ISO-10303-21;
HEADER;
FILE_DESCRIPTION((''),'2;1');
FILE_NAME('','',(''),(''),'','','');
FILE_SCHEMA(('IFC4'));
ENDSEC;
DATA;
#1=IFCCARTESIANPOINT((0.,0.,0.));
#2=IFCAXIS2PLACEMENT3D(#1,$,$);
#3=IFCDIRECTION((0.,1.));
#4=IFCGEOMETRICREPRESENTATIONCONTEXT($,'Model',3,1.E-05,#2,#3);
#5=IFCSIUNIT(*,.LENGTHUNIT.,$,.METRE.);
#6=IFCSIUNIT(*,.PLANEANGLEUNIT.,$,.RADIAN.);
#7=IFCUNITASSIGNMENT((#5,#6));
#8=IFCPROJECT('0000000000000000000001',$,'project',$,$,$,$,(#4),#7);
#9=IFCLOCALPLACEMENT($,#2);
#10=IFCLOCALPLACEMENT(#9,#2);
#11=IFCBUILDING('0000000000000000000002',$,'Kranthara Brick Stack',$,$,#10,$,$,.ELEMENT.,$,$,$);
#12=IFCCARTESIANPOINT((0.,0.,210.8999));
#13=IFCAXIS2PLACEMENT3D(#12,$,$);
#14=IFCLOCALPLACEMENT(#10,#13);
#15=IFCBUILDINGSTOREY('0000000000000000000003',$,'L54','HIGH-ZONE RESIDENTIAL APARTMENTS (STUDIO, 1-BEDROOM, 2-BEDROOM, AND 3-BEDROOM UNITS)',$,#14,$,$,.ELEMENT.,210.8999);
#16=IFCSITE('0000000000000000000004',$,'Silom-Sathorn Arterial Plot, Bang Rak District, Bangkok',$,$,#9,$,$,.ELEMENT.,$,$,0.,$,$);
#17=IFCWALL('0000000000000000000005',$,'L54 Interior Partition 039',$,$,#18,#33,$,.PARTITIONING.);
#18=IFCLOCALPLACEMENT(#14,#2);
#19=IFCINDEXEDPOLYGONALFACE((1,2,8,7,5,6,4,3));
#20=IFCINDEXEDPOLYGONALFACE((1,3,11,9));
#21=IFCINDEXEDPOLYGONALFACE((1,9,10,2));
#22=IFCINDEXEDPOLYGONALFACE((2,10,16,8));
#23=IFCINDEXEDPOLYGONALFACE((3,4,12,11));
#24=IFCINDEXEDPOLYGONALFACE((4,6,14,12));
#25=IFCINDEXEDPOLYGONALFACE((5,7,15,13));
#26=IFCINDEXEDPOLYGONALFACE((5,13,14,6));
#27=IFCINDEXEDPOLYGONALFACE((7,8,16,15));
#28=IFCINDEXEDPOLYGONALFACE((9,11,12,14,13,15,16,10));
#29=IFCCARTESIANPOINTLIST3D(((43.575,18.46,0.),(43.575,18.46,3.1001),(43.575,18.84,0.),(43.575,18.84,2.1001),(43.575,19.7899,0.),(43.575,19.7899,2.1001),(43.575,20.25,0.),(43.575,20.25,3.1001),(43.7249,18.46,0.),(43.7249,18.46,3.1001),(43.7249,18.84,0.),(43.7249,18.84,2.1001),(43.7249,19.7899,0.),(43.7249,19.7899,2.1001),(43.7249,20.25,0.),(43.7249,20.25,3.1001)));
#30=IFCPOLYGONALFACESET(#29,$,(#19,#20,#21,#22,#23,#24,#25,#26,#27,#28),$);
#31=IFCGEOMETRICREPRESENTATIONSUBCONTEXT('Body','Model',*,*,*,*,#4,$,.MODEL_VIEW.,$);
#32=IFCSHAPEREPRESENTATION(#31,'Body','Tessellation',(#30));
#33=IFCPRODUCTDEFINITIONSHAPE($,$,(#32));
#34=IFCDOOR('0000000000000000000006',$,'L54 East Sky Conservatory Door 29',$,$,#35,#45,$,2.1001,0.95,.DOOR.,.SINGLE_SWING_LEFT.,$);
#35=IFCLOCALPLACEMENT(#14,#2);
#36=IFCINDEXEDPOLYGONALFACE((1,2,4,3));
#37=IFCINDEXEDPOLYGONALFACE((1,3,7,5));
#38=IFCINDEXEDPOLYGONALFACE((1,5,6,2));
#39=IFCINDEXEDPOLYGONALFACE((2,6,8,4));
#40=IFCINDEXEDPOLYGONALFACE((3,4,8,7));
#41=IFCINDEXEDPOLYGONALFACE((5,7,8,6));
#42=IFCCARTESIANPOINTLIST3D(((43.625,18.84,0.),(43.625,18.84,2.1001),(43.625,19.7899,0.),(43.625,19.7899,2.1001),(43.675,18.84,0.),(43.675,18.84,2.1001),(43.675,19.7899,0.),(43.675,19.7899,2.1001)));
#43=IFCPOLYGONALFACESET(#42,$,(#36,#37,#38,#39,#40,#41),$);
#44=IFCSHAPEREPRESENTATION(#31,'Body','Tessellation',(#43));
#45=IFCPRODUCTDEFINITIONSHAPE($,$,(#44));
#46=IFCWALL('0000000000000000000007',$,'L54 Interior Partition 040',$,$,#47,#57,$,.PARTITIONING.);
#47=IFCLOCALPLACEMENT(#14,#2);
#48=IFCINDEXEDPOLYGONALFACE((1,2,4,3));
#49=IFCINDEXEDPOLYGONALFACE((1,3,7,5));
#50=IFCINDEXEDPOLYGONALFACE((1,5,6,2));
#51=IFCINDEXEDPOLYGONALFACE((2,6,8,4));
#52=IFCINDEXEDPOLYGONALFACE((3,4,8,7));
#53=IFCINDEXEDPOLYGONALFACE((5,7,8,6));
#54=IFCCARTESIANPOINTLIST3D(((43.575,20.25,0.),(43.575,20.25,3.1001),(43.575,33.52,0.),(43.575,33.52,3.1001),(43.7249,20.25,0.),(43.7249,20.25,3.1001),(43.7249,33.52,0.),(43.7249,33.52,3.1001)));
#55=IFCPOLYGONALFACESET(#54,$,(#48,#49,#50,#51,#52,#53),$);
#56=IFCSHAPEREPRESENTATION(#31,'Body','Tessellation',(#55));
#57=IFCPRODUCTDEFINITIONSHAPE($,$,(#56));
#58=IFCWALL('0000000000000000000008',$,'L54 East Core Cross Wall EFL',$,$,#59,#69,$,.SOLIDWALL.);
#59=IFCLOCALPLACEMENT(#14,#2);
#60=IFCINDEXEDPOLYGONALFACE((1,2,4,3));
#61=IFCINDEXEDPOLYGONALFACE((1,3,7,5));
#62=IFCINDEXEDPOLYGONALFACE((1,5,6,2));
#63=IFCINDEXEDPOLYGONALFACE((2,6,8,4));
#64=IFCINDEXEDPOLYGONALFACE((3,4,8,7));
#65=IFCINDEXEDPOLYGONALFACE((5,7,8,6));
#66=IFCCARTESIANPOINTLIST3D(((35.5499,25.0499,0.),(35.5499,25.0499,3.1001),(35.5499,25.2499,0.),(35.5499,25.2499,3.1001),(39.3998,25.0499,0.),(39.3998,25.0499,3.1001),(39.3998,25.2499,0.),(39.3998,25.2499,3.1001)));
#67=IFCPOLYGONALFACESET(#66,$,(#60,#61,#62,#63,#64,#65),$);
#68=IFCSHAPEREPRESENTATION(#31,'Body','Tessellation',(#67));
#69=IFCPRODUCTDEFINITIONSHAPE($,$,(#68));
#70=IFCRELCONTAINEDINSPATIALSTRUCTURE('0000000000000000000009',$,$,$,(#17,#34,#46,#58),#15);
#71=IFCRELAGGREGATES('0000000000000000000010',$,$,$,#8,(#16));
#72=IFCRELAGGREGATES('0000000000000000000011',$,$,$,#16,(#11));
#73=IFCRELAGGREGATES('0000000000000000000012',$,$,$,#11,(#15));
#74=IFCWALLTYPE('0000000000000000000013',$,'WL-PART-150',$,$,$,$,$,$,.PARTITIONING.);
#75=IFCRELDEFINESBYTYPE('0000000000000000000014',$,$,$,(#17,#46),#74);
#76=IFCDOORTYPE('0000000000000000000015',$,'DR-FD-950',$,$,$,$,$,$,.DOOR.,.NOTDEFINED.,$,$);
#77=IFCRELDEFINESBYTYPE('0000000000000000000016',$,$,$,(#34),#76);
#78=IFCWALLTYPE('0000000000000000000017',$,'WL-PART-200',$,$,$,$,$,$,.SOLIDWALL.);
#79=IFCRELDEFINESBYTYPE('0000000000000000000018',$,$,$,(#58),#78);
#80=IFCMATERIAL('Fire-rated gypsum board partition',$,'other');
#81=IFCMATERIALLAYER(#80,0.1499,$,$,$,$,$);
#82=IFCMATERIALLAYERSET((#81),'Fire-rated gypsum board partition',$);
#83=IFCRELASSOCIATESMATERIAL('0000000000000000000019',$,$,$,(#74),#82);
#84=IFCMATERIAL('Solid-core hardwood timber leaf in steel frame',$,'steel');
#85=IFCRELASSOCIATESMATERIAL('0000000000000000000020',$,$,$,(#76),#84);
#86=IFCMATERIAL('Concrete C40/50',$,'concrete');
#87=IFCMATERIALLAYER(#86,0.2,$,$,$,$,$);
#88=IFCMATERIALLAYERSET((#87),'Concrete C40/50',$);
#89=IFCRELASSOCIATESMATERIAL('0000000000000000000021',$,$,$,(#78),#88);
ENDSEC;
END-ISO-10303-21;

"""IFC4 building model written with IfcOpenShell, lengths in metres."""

from ifc_helpers import new_model, si_unit, direction, frame, frame_2d, origin, place, context, subcontext, project, spatial, rectangle, extrude, material, layer, layer_set, type_object, element, fill, save


model = new_model("IFC4")

# Units and contexts
model_context = context("Model", 3, precision=1e-05, world=origin(), true_north=direction((0.0, 1.0)))
body_context = subcontext(model_context, "Body", "Model", "MODEL_VIEW")
ifc_project = project(units=[si_unit("LENGTHUNIT", "METRE"), si_unit("PLANEANGLEUNIT", "RADIAN")], contexts=[model_context])

# Site, building, storey
site_placement = place(None, origin())
site = spatial("IfcSite", under=ifc_project, at=site_placement, Name="Silom-Sathorn Arterial Plot, Bang Rak District, Bangkok", CompositionType="ELEMENT", RefElevation=0.0)
building_placement = place(site_placement, origin())
building = spatial("IfcBuilding", under=site, at=building_placement, Name="Kranthara Brick Stack", CompositionType="ELEMENT")
storey_placement = place(building_placement, frame((0.0, 0.0, 210.8999)))
storey = spatial("IfcBuildingStorey", under=building, at=storey_placement, Name="L54", Description="HIGH-ZONE RESIDENTIAL APARTMENTS (STUDIO, 1-BEDROOM, 2-BEDROOM, AND 3-BEDROOM UNITS)", CompositionType="ELEMENT", Elevation=210.8999)

# Wall, opening, door
ifc_material_1 = material(Name="Fire-rated gypsum board partition", Category="other")
ifc_layer_1 = layer(ifc_material_1, 0.1499)
ifc_layer_set_1 = layer_set([ifc_layer_1], Name="Fire-rated gypsum board partition")
wall_type_1 = type_object("IfcWallType", Name="WL-PART-150", PredefinedType="PARTITIONING", material=ifc_layer_set_1)
wall_1_placement = place(storey_placement, frame((43.6499, 18.46, 0.0), z_axis=(0.0, 0.0, 1.0), x_axis=(0.0, 1.0, 0.0)))
wall_1 = element("IfcWall", 1, at=wall_1_placement, inside=storey, type_object=wall_type_1, Name="L54 Interior Partition 039", PredefinedType="PARTITIONING", context=body_context, shape_type="SweptSolid", body=[
    extrude(rectangle(XDim=1.79, YDim=0.1499, at=frame_2d((0.895, 0.0))), origin(), (0.0, 0.0, 1.0), 3.1001),
])
opening_1_placement = place(wall_1_placement, frame((0.3799, 0.0, 0.0)))
opening_1 = element("IfcOpeningElement", 2, at=opening_1_placement, cuts=wall_1, PredefinedType="OPENING", context=body_context, shape_type="SweptSolid", body=[
    extrude(rectangle(XDim=0.95, YDim=2.1001, at=frame_2d((0.4751, 1.05))), frame((0.0, 0.085, 0.0), z_axis=(0.0, -1.0, 0.0), x_axis=(1.0, 0.0, 0.0)), (0.0, 0.0, 1.0), 0.1699),
])
ifc_material_2 = material(Name="Solid-core hardwood timber leaf in steel frame", Category="steel")
door_type_1 = type_object("IfcDoorType", Name="DR-FD-950", OperationType="NOTDEFINED", PredefinedType="DOOR", material=ifc_material_2)
door_1_placement = place(opening_1_placement, origin())
door_1 = element("IfcDoor", 3, at=door_1_placement, inside=storey, type_object=door_type_1, Name="L54 East Sky Conservatory Door 29", OperationType="SINGLE_SWING_LEFT", OverallHeight=2.1001, OverallWidth=0.95, PredefinedType="DOOR", context=body_context, shape_type="SweptSolid", body=[
    extrude(rectangle(XDim=0.95, YDim=2.1001, at=frame_2d((0.4751, 1.05))), frame((0.0, 0.0249, 0.0), z_axis=(0.0, -1.0, 0.0), x_axis=(1.0, 0.0, 0.0)), (0.0, 0.0, 1.0), 0.05),
])
fill(opening_1, door_1)

# Walls
wall_2_placement = place(storey_placement, frame((43.6499, 20.25, 0.0), z_axis=(0.0, 0.0, 1.0), x_axis=(0.0, 1.0, 0.0)))
element("IfcWall", 4, at=wall_2_placement, inside=storey, type_object=wall_type_1, Name="L54 Interior Partition 040", PredefinedType="PARTITIONING", context=body_context, shape_type="SweptSolid", body=[
    extrude(rectangle(XDim=13.27, YDim=0.1499, at=frame_2d((6.635, 0.0))), origin(), (0.0, 0.0, 1.0), 3.1001),
])
ifc_material_3 = material(Name="Concrete C40/50", Category="concrete")
ifc_layer_2 = layer(ifc_material_3, 0.2)
ifc_layer_set_2 = layer_set([ifc_layer_2], Name="Concrete C40/50")
wall_type_2 = type_object("IfcWallType", Name="WL-PART-200", PredefinedType="SOLIDWALL", material=ifc_layer_set_2)
wall_3_placement = place(storey_placement, frame((35.55, 25.1499, 0.0), z_axis=(0.0, 0.0, 1.0), x_axis=(1.0, 0.0, 0.0)))
element("IfcWall", 5, at=wall_3_placement, inside=storey, type_object=wall_type_2, Name="L54 East Core Cross Wall EFL", PredefinedType="SOLIDWALL", context=body_context, shape_type="SweptSolid", body=[
    extrude(rectangle(XDim=3.8499, YDim=0.2, at=frame_2d((1.9248, 0.0))), origin(), (0.0, 0.0, 1.0), 3.1001),
])

save(model, "model.ifc")
